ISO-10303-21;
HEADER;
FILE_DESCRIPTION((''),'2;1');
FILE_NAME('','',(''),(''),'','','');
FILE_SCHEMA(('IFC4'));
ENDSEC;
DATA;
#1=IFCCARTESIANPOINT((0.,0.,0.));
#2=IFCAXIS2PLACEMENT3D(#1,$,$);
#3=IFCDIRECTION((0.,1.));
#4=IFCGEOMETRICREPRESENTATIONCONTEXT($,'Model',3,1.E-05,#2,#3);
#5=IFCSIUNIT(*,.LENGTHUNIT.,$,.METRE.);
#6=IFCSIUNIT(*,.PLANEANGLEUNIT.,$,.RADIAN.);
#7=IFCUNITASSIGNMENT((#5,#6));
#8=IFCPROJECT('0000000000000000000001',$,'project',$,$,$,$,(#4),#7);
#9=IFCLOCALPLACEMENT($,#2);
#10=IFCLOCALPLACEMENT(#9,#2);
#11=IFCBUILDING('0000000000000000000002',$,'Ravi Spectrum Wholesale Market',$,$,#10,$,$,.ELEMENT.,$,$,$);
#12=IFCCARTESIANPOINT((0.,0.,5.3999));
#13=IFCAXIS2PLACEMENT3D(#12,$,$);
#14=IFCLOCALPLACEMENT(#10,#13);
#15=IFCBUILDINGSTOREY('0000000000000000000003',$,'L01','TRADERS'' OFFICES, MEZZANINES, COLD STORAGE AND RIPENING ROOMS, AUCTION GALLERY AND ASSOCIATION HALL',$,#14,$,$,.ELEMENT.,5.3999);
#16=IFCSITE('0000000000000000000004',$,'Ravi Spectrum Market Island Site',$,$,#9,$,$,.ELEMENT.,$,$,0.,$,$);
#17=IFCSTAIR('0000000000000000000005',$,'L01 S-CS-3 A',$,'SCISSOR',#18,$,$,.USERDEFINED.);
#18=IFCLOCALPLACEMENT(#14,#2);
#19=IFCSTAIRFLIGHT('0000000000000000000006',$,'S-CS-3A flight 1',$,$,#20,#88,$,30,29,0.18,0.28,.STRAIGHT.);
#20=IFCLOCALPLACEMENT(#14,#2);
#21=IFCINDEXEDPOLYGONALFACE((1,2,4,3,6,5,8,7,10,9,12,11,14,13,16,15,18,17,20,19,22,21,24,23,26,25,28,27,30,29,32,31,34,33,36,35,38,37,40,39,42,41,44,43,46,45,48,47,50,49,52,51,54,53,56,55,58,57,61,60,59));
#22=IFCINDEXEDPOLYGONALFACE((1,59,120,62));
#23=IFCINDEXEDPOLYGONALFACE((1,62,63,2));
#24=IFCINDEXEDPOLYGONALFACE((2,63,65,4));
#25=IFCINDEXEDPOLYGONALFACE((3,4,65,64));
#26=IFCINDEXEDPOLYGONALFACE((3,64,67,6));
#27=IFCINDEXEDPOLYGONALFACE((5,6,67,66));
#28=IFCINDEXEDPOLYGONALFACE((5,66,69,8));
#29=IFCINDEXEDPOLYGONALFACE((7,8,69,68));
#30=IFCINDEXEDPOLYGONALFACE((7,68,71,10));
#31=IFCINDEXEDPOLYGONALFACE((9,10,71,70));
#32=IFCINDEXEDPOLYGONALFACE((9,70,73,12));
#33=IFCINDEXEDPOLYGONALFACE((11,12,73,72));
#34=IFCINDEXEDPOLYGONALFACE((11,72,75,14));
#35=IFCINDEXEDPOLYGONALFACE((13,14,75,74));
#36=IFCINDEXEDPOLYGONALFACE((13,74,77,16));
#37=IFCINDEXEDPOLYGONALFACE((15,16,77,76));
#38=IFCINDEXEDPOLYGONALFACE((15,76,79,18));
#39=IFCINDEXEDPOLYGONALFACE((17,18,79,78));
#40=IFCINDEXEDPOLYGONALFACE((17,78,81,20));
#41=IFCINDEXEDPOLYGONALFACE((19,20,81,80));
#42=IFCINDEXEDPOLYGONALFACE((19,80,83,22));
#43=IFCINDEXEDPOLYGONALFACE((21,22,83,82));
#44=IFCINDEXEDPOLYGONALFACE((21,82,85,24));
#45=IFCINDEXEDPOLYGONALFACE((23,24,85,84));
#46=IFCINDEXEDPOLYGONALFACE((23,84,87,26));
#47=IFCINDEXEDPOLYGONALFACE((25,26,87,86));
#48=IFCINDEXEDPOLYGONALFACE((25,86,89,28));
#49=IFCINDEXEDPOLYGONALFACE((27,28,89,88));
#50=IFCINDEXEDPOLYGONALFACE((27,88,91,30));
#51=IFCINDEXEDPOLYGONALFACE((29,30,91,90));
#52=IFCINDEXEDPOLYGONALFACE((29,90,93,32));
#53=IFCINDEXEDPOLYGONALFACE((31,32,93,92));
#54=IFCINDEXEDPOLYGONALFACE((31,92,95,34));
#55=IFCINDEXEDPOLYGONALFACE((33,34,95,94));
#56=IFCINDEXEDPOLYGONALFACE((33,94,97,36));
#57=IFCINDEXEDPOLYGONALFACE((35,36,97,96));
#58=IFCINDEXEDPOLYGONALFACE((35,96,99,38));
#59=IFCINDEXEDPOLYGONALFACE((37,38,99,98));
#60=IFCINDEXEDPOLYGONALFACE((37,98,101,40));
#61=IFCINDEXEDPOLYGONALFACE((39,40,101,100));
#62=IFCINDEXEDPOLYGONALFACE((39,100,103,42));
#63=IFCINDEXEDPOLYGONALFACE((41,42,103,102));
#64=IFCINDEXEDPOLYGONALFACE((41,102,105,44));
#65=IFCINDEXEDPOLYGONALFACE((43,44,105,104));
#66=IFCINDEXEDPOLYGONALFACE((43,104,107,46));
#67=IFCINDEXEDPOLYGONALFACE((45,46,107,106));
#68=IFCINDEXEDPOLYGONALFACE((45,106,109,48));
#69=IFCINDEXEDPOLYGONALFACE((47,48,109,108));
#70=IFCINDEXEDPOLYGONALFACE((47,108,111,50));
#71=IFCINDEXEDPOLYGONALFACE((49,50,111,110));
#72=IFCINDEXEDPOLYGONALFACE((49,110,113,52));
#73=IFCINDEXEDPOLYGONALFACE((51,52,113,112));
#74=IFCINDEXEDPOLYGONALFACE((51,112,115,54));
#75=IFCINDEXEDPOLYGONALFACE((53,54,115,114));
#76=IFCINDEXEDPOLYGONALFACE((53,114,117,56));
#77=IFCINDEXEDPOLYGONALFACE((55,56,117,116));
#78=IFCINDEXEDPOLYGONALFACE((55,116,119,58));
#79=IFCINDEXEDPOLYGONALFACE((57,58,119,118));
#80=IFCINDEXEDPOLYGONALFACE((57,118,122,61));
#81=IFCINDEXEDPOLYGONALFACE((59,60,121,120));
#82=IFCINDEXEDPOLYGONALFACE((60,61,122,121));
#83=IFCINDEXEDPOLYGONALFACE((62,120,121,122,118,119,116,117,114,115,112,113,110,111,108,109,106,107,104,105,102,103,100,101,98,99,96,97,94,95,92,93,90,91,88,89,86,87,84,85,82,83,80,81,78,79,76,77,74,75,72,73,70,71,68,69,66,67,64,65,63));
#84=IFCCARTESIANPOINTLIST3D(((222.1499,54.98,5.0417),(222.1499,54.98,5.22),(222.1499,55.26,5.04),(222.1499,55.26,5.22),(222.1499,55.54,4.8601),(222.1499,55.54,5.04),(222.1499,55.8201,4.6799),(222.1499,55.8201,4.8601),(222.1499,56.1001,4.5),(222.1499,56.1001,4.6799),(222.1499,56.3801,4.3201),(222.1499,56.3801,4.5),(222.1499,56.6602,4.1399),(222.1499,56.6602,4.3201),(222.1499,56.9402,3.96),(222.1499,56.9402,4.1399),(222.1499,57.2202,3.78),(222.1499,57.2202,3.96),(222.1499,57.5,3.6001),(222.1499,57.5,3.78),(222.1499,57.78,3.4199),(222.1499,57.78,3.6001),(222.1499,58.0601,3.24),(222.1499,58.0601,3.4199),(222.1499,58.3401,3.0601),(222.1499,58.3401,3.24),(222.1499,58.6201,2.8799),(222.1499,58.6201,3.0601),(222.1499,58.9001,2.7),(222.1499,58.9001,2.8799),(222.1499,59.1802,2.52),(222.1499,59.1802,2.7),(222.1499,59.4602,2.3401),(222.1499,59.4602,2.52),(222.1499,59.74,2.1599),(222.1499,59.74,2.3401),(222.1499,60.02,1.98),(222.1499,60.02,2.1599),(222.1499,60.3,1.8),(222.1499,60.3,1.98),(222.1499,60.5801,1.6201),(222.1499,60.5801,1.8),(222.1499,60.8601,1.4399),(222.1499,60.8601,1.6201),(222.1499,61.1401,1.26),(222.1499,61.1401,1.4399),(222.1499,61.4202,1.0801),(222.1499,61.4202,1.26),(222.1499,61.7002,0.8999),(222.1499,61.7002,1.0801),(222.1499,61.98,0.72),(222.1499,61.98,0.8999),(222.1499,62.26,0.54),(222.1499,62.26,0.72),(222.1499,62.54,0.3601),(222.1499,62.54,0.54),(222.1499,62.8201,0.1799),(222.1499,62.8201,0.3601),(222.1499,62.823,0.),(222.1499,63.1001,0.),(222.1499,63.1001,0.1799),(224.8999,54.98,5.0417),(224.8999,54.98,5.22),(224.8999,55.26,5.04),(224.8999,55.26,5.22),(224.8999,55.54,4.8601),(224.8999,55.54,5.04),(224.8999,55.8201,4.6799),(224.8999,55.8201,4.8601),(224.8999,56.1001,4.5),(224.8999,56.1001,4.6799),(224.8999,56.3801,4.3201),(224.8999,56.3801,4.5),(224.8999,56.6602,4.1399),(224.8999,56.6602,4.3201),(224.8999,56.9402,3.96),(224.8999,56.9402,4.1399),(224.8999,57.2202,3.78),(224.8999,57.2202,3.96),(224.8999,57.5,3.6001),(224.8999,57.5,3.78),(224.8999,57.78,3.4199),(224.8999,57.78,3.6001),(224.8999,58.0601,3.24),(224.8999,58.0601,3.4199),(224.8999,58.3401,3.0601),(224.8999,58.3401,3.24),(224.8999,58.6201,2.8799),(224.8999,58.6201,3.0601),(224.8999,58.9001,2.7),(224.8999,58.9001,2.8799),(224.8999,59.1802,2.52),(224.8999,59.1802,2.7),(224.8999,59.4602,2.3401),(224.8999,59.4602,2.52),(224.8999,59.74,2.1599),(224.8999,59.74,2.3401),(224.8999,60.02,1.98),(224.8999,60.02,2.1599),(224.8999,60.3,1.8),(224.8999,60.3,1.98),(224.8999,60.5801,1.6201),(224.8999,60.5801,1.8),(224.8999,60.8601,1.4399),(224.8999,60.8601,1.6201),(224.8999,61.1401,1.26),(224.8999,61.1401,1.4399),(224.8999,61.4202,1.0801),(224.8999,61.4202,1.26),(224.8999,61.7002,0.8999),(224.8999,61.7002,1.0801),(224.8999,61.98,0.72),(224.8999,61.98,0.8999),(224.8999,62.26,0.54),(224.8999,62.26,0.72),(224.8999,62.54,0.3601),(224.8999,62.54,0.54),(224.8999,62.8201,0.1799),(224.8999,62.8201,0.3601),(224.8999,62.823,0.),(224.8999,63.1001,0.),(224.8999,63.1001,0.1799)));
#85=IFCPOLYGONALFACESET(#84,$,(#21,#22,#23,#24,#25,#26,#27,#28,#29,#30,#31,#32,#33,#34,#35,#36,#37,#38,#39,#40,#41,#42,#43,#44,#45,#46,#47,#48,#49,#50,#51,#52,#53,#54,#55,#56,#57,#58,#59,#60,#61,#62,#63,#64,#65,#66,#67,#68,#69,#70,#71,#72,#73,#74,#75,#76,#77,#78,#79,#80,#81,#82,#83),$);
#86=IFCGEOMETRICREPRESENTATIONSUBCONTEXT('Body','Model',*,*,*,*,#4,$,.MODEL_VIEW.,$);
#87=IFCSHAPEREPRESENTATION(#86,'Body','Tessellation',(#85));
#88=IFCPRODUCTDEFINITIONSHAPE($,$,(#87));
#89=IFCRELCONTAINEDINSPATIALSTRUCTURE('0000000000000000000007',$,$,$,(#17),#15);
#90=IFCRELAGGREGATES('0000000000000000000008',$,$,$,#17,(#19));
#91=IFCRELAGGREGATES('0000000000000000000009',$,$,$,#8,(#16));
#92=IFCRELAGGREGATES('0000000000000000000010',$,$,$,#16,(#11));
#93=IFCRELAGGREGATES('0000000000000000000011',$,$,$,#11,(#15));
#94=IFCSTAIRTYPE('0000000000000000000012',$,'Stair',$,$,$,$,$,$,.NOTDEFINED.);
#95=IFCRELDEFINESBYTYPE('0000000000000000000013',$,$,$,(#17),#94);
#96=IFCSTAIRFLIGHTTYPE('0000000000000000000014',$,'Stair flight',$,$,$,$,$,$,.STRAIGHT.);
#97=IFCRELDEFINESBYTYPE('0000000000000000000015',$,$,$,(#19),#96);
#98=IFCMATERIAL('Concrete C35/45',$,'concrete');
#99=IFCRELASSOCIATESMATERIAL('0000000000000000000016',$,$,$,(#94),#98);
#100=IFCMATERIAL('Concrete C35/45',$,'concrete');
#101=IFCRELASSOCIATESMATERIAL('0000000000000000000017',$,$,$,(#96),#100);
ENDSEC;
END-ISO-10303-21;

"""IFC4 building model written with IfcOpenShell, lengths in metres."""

from ifc_helpers import new_model, si_unit, direction, frame, origin, place, context, subcontext, project, spatial, polyline, outline, extrude, material, type_object, element, aggregate, save


model = new_model("IFC4")

# Units and contexts
model_context = context("Model", 3, precision=1e-05, world=origin(), true_north=direction((0.0, 1.0)))
body_context = subcontext(model_context, "Body", "Model", "MODEL_VIEW")
ifc_project = project(units=[si_unit("LENGTHUNIT", "METRE"), si_unit("PLANEANGLEUNIT", "RADIAN")], contexts=[model_context])

# Site, building, storey
site_placement = place(None, origin())
site = spatial("IfcSite", under=ifc_project, at=site_placement, Name="Ravi Spectrum Market Island Site", CompositionType="ELEMENT", RefElevation=0.0)
building_placement = place(site_placement, origin())
building = spatial("IfcBuilding", under=site, at=building_placement, Name="Ravi Spectrum Wholesale Market", CompositionType="ELEMENT")
storey_placement = place(building_placement, frame((0.0, 0.0, 5.3999)))
storey = spatial("IfcBuildingStorey", under=building, at=storey_placement, Name="L01", Description="TRADERS' OFFICES, MEZZANINES, COLD STORAGE AND RIPENING ROOMS, AUCTION GALLERY AND ASSOCIATION HALL", CompositionType="ELEMENT", Elevation=5.3999)

# Stair, stair flight
ifc_material_1 = material(Name="Concrete C35/45", Category="concrete")
stair_type = type_object("IfcStairType", Name="Stair", PredefinedType="NOTDEFINED", material=ifc_material_1)
stair_placement = place(storey_placement, origin())
stair = element("IfcStair", 1, at=stair_placement, inside=storey, type_object=stair_type, Name="L01 S-CS-3 A", ObjectType="SCISSOR", PredefinedType="USERDEFINED")
ifc_material_2 = material(Name="Concrete C35/45", Category="concrete")
stair_flight_type = type_object("IfcStairFlightType", Name="Stair flight", PredefinedType="STRAIGHT", material=ifc_material_2)
stair_flight_placement = place(storey_placement, frame((223.5249, 63.1001, 0.0), z_axis=(0.0, 0.0, 1.0), x_axis=(0.0, -1.0, 0.0)))
stair_flight = element("IfcStairFlight", 2, at=stair_flight_placement, type_object=stair_flight_type, Name="S-CS-3A flight 1", NumberOfRisers=30, NumberOfTreads=29, PredefinedType="STRAIGHT", RiserHeight=0.18, TreadLength=0.28, context=body_context, shape_type="SweptSolid", body=[
    extrude(outline(polyline([(0.0, 0.0), (0.0, 0.1799), (0.28, 0.1799), (0.28, 0.3601), (0.5601, 0.3601), (0.5601, 0.54), (0.8401, 0.54), (0.8401, 0.72), (1.1201, 0.72), (1.1201, 0.8999), (1.3999, 0.8999), (1.3999, 1.0801), (1.6799, 1.0801), (1.6799, 1.26), (1.96, 1.26), (1.96, 1.4399), (2.24, 1.4399), (2.24, 1.6201), (2.52, 1.6201), (2.52, 1.8), (2.8, 1.8), (2.8, 1.98), (3.0801, 1.98), (3.0801, 2.1599), (3.3601, 2.1599), (3.3601, 2.3401), (3.6399, 2.3401), (3.6399, 2.52), (3.9199, 2.52), (3.9199, 2.7), (4.2, 2.7), (4.2, 2.8799), (4.48, 2.8799), (4.48, 3.0601), (4.76, 3.0601), (4.76, 3.24), (5.04, 3.24), (5.04, 3.4199), (5.3201, 3.4199), (5.3201, 3.6001), (5.6001, 3.6001), (5.6001, 3.78), (5.8799, 3.78), (5.8799, 3.96), (6.1599, 3.96), (6.1599, 4.1399), (6.4399, 4.1399), (6.4399, 4.3201), (6.72, 4.3201), (6.72, 4.5), (7.0, 4.5), (7.0, 4.6799), (7.28, 4.6799), (7.28, 4.8601), (7.5601, 4.8601), (7.5601, 5.04), (7.8401, 5.04), (7.8401, 5.22), (8.1201, 5.22), (8.1201, 5.3999), (8.1201, 5.0417), (0.2771, 0.0), (0.0, 0.0)])), frame((0.0, 1.375, 0.0), z_axis=(0.0, -1.0, 0.0), x_axis=(1.0, 0.0, 0.0)), (0.0, 0.0, 1.0), 2.75),
])
aggregate(stair, [stair_flight])

save(model, "model.ifc")
